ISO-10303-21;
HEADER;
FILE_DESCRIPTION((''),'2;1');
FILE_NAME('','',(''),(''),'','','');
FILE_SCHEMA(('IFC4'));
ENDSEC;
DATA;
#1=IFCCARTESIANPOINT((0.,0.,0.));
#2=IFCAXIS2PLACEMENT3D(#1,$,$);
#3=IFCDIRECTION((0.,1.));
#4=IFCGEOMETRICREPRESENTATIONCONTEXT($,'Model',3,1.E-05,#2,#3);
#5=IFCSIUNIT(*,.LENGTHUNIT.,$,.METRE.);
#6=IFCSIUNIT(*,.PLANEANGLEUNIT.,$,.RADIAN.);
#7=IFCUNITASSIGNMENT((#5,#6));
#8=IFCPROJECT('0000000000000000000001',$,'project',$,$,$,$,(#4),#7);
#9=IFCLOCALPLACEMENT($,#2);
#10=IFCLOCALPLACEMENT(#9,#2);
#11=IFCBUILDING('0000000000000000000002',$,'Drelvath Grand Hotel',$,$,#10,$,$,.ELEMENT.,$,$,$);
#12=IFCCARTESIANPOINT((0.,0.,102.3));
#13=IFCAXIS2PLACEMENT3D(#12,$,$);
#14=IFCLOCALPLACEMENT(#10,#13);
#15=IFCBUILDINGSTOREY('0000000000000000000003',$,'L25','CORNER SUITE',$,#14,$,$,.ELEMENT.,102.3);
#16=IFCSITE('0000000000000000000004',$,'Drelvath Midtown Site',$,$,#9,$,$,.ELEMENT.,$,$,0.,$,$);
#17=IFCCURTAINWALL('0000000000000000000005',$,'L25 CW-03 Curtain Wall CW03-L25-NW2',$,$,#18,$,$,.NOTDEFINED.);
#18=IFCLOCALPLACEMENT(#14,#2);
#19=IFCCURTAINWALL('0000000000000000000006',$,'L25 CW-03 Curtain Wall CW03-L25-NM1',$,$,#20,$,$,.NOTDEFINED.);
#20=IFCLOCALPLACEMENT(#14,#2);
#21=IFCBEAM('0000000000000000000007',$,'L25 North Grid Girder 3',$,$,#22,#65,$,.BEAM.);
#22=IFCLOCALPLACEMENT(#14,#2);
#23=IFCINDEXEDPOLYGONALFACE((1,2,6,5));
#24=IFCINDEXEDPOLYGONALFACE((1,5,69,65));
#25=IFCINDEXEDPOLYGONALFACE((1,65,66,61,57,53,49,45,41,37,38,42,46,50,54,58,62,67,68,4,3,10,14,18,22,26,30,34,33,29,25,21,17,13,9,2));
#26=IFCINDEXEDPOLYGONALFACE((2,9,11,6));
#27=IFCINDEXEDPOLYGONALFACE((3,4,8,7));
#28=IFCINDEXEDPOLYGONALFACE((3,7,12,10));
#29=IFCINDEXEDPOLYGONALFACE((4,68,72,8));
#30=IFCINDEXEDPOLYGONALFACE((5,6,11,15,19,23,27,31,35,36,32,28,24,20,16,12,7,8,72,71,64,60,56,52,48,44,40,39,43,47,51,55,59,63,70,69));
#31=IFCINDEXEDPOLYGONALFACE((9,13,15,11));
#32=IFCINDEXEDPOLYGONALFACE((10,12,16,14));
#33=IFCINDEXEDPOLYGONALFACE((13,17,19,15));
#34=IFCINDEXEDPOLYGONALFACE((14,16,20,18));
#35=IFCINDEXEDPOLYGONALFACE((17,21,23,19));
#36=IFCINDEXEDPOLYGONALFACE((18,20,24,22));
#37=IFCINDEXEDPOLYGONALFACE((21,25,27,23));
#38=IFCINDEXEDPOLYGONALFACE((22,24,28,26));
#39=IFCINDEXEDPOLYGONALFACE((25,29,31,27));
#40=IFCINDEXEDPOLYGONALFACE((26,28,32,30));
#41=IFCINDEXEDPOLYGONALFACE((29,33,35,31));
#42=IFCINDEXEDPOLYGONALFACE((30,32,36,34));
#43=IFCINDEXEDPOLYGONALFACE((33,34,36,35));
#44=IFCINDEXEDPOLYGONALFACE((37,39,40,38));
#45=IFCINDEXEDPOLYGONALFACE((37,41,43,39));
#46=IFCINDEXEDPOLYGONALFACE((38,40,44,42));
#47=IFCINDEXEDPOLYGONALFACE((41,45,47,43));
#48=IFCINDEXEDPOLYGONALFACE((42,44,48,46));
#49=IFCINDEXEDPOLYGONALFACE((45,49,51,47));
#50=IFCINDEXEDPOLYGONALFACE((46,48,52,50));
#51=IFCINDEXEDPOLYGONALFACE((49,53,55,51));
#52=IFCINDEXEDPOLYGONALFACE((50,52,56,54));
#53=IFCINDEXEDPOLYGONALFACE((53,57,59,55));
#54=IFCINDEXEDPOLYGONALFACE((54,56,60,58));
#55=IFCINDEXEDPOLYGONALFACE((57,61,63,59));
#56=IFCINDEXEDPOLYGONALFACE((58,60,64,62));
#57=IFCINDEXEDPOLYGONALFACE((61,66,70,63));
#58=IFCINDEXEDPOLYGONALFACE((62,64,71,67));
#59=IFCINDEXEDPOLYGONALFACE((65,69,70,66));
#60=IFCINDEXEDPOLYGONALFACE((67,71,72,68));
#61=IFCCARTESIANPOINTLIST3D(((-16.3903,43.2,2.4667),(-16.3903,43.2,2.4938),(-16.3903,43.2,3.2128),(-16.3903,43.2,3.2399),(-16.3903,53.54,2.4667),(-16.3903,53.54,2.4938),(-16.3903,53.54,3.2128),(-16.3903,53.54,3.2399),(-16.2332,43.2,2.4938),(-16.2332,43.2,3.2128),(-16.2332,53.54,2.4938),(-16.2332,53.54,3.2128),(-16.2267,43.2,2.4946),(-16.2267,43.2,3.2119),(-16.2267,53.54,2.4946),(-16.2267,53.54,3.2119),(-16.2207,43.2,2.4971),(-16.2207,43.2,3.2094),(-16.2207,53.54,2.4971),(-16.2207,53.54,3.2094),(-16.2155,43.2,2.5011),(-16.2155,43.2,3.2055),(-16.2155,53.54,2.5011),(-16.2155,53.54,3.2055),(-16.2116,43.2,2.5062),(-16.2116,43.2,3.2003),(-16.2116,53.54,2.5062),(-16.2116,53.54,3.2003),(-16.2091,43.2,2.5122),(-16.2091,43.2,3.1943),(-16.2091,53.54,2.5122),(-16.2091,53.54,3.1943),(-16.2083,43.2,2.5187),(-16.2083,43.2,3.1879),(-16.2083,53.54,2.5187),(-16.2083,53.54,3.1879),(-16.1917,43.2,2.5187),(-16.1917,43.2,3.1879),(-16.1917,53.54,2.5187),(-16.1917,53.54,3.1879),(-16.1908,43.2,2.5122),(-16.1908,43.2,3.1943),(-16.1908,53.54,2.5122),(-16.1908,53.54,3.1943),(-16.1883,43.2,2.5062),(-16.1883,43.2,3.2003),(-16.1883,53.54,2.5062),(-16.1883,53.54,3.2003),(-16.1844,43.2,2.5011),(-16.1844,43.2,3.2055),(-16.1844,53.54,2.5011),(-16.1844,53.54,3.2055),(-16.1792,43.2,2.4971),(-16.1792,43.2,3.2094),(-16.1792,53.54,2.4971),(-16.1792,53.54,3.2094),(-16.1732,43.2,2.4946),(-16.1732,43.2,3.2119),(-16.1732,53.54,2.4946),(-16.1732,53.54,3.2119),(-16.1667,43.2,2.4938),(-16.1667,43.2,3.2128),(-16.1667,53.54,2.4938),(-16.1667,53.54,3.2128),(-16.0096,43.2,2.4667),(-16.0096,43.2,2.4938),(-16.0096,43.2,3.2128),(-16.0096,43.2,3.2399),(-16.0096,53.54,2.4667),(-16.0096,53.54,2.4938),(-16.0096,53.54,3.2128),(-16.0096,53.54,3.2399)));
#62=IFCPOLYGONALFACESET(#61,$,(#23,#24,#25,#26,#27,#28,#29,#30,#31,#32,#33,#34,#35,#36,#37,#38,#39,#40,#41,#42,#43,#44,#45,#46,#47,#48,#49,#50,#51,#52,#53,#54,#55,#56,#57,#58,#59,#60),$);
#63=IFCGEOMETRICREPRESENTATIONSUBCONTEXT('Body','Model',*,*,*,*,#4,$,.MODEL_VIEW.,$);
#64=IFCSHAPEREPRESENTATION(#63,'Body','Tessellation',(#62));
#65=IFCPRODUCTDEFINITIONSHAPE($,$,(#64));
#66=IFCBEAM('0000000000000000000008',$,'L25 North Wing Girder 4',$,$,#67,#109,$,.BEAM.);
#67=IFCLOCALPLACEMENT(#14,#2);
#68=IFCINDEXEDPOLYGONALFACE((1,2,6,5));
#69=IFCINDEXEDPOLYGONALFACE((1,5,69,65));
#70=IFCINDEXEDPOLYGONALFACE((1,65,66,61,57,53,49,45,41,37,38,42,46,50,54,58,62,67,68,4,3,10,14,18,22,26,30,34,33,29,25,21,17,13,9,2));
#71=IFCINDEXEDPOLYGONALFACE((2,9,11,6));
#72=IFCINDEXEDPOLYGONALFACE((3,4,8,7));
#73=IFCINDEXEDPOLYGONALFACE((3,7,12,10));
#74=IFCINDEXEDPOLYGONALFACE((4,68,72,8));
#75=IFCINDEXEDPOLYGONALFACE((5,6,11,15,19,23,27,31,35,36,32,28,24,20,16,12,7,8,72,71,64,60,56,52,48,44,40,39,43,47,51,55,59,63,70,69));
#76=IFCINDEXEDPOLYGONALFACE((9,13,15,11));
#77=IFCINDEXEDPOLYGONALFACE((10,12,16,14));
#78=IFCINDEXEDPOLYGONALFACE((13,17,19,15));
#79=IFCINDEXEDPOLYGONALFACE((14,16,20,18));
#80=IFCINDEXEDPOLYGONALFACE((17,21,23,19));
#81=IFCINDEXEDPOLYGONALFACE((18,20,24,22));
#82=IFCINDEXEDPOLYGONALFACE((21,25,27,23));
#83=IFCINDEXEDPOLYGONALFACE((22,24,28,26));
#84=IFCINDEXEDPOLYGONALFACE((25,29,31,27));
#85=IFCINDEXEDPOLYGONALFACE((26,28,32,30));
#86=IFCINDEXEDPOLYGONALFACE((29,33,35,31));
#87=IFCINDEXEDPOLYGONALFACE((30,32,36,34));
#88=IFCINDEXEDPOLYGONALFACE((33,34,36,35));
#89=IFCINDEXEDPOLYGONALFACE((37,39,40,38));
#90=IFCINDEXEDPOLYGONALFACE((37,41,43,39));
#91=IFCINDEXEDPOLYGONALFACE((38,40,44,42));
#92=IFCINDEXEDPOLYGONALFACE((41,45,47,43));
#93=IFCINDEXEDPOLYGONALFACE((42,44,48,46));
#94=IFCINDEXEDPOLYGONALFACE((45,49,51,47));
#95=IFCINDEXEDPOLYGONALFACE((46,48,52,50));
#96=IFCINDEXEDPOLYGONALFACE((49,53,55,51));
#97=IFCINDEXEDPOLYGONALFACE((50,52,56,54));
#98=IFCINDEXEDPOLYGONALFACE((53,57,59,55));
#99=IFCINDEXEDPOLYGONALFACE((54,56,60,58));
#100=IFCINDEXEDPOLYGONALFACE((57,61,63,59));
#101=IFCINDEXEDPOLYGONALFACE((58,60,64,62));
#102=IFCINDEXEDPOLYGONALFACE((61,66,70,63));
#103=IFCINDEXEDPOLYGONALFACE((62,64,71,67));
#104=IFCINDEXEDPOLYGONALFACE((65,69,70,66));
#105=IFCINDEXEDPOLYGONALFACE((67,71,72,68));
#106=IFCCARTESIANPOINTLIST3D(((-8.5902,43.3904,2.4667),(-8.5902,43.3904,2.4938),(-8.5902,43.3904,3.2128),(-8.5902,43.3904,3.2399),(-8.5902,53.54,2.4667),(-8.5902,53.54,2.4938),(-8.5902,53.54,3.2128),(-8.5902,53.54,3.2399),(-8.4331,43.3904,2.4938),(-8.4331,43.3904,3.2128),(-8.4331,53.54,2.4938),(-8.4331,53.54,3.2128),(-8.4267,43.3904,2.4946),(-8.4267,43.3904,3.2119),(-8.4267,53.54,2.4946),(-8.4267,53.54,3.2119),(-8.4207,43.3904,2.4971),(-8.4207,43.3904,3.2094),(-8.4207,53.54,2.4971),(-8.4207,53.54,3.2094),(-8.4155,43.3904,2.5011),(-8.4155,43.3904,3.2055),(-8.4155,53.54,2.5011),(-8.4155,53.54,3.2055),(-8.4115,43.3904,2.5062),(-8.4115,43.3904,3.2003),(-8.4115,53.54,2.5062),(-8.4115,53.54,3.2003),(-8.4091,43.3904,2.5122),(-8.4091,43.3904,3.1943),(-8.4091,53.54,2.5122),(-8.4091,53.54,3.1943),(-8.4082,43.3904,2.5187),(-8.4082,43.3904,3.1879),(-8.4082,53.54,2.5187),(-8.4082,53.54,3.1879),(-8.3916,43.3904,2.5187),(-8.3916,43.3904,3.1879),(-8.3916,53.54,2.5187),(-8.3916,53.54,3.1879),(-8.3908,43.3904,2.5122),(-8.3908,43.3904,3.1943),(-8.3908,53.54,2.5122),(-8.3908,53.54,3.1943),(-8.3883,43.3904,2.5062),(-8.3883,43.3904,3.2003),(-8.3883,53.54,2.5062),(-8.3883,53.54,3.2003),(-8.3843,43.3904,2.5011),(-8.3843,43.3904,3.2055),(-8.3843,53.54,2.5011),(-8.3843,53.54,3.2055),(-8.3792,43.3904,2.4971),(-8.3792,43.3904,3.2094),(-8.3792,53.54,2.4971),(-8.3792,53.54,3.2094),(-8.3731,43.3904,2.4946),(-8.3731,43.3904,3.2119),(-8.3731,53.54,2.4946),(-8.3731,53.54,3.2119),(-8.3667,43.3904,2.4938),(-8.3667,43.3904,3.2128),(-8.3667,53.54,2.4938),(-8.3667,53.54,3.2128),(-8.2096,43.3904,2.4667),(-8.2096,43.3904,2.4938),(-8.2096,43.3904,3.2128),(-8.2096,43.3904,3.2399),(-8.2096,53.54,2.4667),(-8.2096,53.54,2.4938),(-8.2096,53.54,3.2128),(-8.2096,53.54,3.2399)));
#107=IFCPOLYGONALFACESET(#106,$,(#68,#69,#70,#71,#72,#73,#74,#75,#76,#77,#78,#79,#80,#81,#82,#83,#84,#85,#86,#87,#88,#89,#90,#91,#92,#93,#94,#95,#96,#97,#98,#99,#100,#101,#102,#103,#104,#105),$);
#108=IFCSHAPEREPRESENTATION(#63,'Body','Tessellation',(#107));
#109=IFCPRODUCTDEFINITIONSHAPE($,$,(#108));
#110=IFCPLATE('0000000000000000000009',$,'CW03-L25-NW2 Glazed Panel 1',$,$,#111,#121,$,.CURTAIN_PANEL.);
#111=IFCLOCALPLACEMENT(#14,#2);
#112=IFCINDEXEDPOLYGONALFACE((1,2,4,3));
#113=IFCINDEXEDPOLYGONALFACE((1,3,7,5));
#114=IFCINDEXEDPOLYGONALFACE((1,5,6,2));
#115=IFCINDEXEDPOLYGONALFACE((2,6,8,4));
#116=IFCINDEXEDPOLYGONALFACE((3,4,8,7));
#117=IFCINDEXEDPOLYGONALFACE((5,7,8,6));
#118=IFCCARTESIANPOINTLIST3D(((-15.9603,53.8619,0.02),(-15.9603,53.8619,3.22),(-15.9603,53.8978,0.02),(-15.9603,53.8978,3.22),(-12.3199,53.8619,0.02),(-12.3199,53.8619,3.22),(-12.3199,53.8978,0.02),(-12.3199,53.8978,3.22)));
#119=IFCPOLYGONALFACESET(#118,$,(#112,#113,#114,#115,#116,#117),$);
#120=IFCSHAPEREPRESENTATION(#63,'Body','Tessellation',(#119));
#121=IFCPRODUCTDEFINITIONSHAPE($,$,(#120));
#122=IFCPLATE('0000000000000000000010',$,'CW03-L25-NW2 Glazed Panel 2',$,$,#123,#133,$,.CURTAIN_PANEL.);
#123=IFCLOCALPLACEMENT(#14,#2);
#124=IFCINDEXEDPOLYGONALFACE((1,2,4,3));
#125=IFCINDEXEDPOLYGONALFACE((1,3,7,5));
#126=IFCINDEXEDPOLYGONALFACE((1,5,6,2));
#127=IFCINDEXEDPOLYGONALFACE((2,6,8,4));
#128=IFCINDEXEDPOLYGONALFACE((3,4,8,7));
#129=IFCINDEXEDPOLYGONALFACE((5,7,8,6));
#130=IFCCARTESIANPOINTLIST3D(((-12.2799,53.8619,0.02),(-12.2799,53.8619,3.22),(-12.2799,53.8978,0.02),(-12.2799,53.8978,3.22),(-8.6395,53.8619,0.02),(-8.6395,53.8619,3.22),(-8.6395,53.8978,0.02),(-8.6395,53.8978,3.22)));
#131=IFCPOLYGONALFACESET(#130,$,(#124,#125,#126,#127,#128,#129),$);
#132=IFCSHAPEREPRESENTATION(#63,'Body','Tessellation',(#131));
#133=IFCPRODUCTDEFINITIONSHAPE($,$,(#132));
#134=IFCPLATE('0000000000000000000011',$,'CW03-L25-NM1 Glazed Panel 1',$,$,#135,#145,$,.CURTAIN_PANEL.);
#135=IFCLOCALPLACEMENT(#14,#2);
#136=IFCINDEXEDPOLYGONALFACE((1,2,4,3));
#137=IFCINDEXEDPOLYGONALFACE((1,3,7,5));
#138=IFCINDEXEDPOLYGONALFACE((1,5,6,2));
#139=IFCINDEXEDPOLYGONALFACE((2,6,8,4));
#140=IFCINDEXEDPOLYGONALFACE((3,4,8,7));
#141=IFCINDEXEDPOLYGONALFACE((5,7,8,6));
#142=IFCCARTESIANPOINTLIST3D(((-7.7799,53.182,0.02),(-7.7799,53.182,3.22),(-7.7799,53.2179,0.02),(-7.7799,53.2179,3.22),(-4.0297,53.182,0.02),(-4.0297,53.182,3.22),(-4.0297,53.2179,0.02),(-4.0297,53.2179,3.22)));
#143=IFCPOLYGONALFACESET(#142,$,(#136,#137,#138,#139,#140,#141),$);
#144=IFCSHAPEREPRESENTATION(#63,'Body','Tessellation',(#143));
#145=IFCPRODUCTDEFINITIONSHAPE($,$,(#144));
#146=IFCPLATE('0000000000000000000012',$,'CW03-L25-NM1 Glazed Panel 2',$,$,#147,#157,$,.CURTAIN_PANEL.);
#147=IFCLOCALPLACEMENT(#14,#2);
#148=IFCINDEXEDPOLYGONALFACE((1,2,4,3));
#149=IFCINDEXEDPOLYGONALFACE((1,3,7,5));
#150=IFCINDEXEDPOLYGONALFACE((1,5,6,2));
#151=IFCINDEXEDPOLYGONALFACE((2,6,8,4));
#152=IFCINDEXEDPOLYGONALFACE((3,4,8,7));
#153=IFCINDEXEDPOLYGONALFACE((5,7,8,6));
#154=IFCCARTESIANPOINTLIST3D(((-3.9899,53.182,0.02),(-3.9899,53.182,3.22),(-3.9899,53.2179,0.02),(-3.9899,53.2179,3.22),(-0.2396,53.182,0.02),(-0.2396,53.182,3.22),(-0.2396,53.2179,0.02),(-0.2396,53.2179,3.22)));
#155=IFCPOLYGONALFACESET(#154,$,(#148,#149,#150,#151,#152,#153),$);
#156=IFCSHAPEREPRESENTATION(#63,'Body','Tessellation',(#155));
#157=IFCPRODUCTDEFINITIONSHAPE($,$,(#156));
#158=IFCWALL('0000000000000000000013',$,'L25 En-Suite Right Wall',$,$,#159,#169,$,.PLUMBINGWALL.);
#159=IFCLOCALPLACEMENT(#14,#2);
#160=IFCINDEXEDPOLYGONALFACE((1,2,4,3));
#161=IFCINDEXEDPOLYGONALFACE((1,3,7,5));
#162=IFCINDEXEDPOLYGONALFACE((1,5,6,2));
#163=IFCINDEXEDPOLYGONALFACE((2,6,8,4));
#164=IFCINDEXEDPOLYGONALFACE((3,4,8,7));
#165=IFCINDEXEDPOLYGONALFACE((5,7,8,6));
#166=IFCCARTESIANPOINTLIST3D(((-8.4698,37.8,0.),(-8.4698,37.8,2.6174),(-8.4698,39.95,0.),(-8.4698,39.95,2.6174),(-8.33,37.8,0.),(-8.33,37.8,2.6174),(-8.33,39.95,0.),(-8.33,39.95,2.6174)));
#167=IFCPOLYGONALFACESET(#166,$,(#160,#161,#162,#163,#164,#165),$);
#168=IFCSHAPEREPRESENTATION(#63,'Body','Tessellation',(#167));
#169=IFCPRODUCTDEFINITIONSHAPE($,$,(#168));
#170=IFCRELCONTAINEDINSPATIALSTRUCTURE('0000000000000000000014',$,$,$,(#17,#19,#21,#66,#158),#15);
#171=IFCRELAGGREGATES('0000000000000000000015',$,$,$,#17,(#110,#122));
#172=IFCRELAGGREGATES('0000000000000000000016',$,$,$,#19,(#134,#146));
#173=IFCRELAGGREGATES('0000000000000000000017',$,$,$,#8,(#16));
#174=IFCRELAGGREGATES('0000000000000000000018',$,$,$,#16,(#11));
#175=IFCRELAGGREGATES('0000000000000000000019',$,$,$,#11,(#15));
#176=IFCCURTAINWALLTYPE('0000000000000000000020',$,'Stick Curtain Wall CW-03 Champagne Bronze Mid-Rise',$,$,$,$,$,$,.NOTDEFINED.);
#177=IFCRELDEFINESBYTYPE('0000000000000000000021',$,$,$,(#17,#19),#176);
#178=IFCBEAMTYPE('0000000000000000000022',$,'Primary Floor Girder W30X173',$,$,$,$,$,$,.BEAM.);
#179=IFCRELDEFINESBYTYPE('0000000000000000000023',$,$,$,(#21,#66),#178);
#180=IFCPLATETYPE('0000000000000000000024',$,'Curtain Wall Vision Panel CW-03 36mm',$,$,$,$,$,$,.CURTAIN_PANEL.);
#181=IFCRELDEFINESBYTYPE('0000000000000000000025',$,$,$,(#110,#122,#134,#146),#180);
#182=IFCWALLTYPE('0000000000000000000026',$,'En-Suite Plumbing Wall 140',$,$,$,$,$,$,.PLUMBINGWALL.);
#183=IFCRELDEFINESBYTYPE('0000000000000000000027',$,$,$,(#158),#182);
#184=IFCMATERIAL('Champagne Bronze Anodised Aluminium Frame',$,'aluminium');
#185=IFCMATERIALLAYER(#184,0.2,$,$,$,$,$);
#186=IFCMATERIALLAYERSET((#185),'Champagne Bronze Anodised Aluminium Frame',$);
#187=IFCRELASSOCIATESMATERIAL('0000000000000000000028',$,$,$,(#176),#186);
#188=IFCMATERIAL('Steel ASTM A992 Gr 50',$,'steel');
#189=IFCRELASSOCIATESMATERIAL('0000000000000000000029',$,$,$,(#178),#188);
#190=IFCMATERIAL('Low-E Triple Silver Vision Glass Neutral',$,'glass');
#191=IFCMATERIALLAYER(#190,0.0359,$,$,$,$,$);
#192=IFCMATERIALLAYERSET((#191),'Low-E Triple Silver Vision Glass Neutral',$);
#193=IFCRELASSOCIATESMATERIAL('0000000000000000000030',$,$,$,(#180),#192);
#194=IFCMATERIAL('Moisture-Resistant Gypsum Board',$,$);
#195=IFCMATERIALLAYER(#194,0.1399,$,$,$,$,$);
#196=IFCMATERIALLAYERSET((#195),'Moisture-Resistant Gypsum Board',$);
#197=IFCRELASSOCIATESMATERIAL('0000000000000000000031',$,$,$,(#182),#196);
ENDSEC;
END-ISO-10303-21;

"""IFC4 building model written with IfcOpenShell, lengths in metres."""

from ifc_helpers import new_model, si_unit, direction, frame, frame_2d, origin, origin_2d, place, context, subcontext, project, spatial, rectangle, i_section, extrude, material, layer, layer_set, material_profile, profile_set, type_object, element, aggregate, save


model = new_model("IFC4")

# Units and contexts
model_context = context("Model", 3, precision=1e-05, world=origin(), true_north=direction((0.0, 1.0)))
body_context = subcontext(model_context, "Body", "Model", "MODEL_VIEW")
ifc_project = project(units=[si_unit("LENGTHUNIT", "METRE"), si_unit("PLANEANGLEUNIT", "RADIAN")], contexts=[model_context])

# Site, building, storey
site_placement = place(None, origin())
site = spatial("IfcSite", under=ifc_project, at=site_placement, Name="Drelvath Midtown Site", CompositionType="ELEMENT", RefElevation=0.0)
building_placement = place(site_placement, origin())
building = spatial("IfcBuilding", under=site, at=building_placement, Name="Drelvath Grand Hotel", CompositionType="ELEMENT")
storey_placement = place(building_placement, frame((0.0, 0.0, 102.3)))
storey = spatial("IfcBuildingStorey", under=building, at=storey_placement, Name="L25", Description="CORNER SUITE", CompositionType="ELEMENT", Elevation=102.3)

# Curtain walls
ifc_material_1 = material(Name="Champagne Bronze Anodised Aluminium Frame", Category="aluminium")
ifc_layer_1 = layer(ifc_material_1, 0.2)
ifc_layer_set_1 = layer_set([ifc_layer_1], Name="Champagne Bronze Anodised Aluminium Frame")
curtain_wall_type = type_object("IfcCurtainWallType", Name="Stick Curtain Wall CW-03 Champagne Bronze Mid-Rise", PredefinedType="NOTDEFINED", material=ifc_layer_set_1)
curtain_wall_1_placement = place(storey_placement, origin())
curtain_wall_1 = element("IfcCurtainWall", 1, at=curtain_wall_1_placement, inside=storey, type_object=curtain_wall_type, Name="L25 CW-03 Curtain Wall CW03-L25-NW2", PredefinedType="NOTDEFINED")
curtain_wall_2_placement = place(storey_placement, origin())
curtain_wall_2 = element("IfcCurtainWall", 2, at=curtain_wall_2_placement, inside=storey, type_object=curtain_wall_type, Name="L25 CW-03 Curtain Wall CW03-L25-NM1", PredefinedType="NOTDEFINED")

# Beams
ifc_material_2 = material(Name="Steel ASTM A992 Gr 50", Category="steel")
ifc_material_profile_1 = material_profile(ifc_material_2, i_section(OverallWidth=0.3806, OverallDepth=0.7732, WebThickness=0.0166, FlangeThickness=0.0271, FilletRadius=0.0249, at=origin_2d()), Name="W30X173")
ifc_profile_set_1 = profile_set([ifc_material_profile_1], Name="Steel ASTM A992 Gr 50")
beam_type_1 = type_object("IfcBeamType", Name="Primary Floor Girder W30X173", PredefinedType="BEAM", material=ifc_profile_set_1)
beam_1_placement = place(storey_placement, frame((-16.2, 43.2, 2.8533), z_axis=(0.0, 1.0, 0.0), x_axis=(-1.0, 0.0, 0.0)))
element("IfcBeam", 3, at=beam_1_placement, inside=storey, type_object=beam_type_1, Name="L25 North Grid Girder 3", PredefinedType="BEAM", context=body_context, shape_type="SweptSolid", body=[
    extrude(i_section(OverallWidth=0.3806, OverallDepth=0.7732, WebThickness=0.0166, FlangeThickness=0.0271, FilletRadius=0.0249, at=origin_2d()), origin(), (0.0, 0.0, 1.0), 10.3401),
])
beam_2_placement = place(storey_placement, frame((-8.3999, 43.3904, 2.8533), z_axis=(0.0, 1.0, 0.0), x_axis=(-1.0, 0.0, 0.0)))
element("IfcBeam", 4, at=beam_2_placement, inside=storey, type_object=beam_type_1, Name="L25 North Wing Girder 4", PredefinedType="BEAM", context=body_context, shape_type="SweptSolid", body=[
    extrude(i_section(OverallWidth=0.3806, OverallDepth=0.7732, WebThickness=0.0166, FlangeThickness=0.0271, FilletRadius=0.0249, at=origin_2d()), origin(), (0.0, 0.0, 1.0), 10.1497),
])

# Plates
ifc_material_3 = material(Name="Low-E Triple Silver Vision Glass Neutral", Category="glass")
ifc_layer_2 = layer(ifc_material_3, 0.0359)
ifc_layer_set_2 = layer_set([ifc_layer_2], Name="Low-E Triple Silver Vision Glass Neutral")
plate_type = type_object("IfcPlateType", Name="Curtain Wall Vision Panel CW-03 36mm", PredefinedType="CURTAIN_PANEL", material=ifc_layer_set_2)
plate_1_placement = place(storey_placement, frame((-14.1401, 53.8799, 0.02), z_axis=(0.0, 0.0, 1.0), x_axis=(1.0, 0.0, 0.0)))
plate_1 = element("IfcPlate", 5, at=plate_1_placement, type_object=plate_type, Name="CW03-L25-NW2 Glazed Panel 1", PredefinedType="CURTAIN_PANEL", context=body_context, shape_type="SweptSolid", body=[
    extrude(rectangle(XDim=3.6404, YDim=0.0359, at=origin_2d()), origin(), (0.0, 0.0, 1.0), 3.2),
])
plate_2_placement = place(storey_placement, frame((-10.4597, 53.8799, 0.02), z_axis=(0.0, 0.0, 1.0), x_axis=(1.0, 0.0, 0.0)))
plate_2 = element("IfcPlate", 6, at=plate_2_placement, type_object=plate_type, Name="CW03-L25-NW2 Glazed Panel 2", PredefinedType="CURTAIN_PANEL", context=body_context, shape_type="SweptSolid", body=[
    extrude(rectangle(XDim=3.6404, YDim=0.0359, at=origin_2d()), origin(), (0.0, 0.0, 1.0), 3.2),
])
aggregate(curtain_wall_1, [plate_1, plate_2])
plate_3_placement = place(storey_placement, frame((-5.9048, 53.2, 0.02), z_axis=(0.0, 0.0, 1.0), x_axis=(1.0, 0.0, 0.0)))
plate_3 = element("IfcPlate", 7, at=plate_3_placement, type_object=plate_type, Name="CW03-L25-NM1 Glazed Panel 1", PredefinedType="CURTAIN_PANEL", context=body_context, shape_type="SweptSolid", body=[
    extrude(rectangle(XDim=3.7502, YDim=0.0359, at=origin_2d()), origin(), (0.0, 0.0, 1.0), 3.2),
])
plate_4_placement = place(storey_placement, frame((-2.1147, 53.2, 0.02), z_axis=(0.0, 0.0, 1.0), x_axis=(1.0, 0.0, 0.0)))
plate_4 = element("IfcPlate", 8, at=plate_4_placement, type_object=plate_type, Name="CW03-L25-NM1 Glazed Panel 2", PredefinedType="CURTAIN_PANEL", context=body_context, shape_type="SweptSolid", body=[
    extrude(rectangle(XDim=3.7502, YDim=0.0359, at=origin_2d()), origin(), (0.0, 0.0, 1.0), 3.2),
])
aggregate(curtain_wall_2, [plate_3, plate_4])

# Wall
ifc_material_4 = material(Name="Moisture-Resistant Gypsum Board")
ifc_layer_3 = layer(ifc_material_4, 0.1399)
ifc_layer_set_3 = layer_set([ifc_layer_3], Name="Moisture-Resistant Gypsum Board")
wall_type_1 = type_object("IfcWallType", Name="En-Suite Plumbing Wall 140", PredefinedType="PLUMBINGWALL", material=ifc_layer_set_3)
wall_1_placement = place(storey_placement, frame((-8.3999, 37.8, 0.0), z_axis=(0.0, 0.0, 1.0), x_axis=(0.0, 1.0, 0.0)))
element("IfcWall", 9, at=wall_1_placement, inside=storey, type_object=wall_type_1, Name="L25 En-Suite Right Wall", PredefinedType="PLUMBINGWALL", context=body_context, shape_type="SweptSolid", body=[
    extrude(rectangle(XDim=2.1499, YDim=0.1399, at=frame_2d((1.075, 0.0))), origin(), (0.0, 0.0, 1.0), 2.6174),
])

save(model, "model.ifc")
